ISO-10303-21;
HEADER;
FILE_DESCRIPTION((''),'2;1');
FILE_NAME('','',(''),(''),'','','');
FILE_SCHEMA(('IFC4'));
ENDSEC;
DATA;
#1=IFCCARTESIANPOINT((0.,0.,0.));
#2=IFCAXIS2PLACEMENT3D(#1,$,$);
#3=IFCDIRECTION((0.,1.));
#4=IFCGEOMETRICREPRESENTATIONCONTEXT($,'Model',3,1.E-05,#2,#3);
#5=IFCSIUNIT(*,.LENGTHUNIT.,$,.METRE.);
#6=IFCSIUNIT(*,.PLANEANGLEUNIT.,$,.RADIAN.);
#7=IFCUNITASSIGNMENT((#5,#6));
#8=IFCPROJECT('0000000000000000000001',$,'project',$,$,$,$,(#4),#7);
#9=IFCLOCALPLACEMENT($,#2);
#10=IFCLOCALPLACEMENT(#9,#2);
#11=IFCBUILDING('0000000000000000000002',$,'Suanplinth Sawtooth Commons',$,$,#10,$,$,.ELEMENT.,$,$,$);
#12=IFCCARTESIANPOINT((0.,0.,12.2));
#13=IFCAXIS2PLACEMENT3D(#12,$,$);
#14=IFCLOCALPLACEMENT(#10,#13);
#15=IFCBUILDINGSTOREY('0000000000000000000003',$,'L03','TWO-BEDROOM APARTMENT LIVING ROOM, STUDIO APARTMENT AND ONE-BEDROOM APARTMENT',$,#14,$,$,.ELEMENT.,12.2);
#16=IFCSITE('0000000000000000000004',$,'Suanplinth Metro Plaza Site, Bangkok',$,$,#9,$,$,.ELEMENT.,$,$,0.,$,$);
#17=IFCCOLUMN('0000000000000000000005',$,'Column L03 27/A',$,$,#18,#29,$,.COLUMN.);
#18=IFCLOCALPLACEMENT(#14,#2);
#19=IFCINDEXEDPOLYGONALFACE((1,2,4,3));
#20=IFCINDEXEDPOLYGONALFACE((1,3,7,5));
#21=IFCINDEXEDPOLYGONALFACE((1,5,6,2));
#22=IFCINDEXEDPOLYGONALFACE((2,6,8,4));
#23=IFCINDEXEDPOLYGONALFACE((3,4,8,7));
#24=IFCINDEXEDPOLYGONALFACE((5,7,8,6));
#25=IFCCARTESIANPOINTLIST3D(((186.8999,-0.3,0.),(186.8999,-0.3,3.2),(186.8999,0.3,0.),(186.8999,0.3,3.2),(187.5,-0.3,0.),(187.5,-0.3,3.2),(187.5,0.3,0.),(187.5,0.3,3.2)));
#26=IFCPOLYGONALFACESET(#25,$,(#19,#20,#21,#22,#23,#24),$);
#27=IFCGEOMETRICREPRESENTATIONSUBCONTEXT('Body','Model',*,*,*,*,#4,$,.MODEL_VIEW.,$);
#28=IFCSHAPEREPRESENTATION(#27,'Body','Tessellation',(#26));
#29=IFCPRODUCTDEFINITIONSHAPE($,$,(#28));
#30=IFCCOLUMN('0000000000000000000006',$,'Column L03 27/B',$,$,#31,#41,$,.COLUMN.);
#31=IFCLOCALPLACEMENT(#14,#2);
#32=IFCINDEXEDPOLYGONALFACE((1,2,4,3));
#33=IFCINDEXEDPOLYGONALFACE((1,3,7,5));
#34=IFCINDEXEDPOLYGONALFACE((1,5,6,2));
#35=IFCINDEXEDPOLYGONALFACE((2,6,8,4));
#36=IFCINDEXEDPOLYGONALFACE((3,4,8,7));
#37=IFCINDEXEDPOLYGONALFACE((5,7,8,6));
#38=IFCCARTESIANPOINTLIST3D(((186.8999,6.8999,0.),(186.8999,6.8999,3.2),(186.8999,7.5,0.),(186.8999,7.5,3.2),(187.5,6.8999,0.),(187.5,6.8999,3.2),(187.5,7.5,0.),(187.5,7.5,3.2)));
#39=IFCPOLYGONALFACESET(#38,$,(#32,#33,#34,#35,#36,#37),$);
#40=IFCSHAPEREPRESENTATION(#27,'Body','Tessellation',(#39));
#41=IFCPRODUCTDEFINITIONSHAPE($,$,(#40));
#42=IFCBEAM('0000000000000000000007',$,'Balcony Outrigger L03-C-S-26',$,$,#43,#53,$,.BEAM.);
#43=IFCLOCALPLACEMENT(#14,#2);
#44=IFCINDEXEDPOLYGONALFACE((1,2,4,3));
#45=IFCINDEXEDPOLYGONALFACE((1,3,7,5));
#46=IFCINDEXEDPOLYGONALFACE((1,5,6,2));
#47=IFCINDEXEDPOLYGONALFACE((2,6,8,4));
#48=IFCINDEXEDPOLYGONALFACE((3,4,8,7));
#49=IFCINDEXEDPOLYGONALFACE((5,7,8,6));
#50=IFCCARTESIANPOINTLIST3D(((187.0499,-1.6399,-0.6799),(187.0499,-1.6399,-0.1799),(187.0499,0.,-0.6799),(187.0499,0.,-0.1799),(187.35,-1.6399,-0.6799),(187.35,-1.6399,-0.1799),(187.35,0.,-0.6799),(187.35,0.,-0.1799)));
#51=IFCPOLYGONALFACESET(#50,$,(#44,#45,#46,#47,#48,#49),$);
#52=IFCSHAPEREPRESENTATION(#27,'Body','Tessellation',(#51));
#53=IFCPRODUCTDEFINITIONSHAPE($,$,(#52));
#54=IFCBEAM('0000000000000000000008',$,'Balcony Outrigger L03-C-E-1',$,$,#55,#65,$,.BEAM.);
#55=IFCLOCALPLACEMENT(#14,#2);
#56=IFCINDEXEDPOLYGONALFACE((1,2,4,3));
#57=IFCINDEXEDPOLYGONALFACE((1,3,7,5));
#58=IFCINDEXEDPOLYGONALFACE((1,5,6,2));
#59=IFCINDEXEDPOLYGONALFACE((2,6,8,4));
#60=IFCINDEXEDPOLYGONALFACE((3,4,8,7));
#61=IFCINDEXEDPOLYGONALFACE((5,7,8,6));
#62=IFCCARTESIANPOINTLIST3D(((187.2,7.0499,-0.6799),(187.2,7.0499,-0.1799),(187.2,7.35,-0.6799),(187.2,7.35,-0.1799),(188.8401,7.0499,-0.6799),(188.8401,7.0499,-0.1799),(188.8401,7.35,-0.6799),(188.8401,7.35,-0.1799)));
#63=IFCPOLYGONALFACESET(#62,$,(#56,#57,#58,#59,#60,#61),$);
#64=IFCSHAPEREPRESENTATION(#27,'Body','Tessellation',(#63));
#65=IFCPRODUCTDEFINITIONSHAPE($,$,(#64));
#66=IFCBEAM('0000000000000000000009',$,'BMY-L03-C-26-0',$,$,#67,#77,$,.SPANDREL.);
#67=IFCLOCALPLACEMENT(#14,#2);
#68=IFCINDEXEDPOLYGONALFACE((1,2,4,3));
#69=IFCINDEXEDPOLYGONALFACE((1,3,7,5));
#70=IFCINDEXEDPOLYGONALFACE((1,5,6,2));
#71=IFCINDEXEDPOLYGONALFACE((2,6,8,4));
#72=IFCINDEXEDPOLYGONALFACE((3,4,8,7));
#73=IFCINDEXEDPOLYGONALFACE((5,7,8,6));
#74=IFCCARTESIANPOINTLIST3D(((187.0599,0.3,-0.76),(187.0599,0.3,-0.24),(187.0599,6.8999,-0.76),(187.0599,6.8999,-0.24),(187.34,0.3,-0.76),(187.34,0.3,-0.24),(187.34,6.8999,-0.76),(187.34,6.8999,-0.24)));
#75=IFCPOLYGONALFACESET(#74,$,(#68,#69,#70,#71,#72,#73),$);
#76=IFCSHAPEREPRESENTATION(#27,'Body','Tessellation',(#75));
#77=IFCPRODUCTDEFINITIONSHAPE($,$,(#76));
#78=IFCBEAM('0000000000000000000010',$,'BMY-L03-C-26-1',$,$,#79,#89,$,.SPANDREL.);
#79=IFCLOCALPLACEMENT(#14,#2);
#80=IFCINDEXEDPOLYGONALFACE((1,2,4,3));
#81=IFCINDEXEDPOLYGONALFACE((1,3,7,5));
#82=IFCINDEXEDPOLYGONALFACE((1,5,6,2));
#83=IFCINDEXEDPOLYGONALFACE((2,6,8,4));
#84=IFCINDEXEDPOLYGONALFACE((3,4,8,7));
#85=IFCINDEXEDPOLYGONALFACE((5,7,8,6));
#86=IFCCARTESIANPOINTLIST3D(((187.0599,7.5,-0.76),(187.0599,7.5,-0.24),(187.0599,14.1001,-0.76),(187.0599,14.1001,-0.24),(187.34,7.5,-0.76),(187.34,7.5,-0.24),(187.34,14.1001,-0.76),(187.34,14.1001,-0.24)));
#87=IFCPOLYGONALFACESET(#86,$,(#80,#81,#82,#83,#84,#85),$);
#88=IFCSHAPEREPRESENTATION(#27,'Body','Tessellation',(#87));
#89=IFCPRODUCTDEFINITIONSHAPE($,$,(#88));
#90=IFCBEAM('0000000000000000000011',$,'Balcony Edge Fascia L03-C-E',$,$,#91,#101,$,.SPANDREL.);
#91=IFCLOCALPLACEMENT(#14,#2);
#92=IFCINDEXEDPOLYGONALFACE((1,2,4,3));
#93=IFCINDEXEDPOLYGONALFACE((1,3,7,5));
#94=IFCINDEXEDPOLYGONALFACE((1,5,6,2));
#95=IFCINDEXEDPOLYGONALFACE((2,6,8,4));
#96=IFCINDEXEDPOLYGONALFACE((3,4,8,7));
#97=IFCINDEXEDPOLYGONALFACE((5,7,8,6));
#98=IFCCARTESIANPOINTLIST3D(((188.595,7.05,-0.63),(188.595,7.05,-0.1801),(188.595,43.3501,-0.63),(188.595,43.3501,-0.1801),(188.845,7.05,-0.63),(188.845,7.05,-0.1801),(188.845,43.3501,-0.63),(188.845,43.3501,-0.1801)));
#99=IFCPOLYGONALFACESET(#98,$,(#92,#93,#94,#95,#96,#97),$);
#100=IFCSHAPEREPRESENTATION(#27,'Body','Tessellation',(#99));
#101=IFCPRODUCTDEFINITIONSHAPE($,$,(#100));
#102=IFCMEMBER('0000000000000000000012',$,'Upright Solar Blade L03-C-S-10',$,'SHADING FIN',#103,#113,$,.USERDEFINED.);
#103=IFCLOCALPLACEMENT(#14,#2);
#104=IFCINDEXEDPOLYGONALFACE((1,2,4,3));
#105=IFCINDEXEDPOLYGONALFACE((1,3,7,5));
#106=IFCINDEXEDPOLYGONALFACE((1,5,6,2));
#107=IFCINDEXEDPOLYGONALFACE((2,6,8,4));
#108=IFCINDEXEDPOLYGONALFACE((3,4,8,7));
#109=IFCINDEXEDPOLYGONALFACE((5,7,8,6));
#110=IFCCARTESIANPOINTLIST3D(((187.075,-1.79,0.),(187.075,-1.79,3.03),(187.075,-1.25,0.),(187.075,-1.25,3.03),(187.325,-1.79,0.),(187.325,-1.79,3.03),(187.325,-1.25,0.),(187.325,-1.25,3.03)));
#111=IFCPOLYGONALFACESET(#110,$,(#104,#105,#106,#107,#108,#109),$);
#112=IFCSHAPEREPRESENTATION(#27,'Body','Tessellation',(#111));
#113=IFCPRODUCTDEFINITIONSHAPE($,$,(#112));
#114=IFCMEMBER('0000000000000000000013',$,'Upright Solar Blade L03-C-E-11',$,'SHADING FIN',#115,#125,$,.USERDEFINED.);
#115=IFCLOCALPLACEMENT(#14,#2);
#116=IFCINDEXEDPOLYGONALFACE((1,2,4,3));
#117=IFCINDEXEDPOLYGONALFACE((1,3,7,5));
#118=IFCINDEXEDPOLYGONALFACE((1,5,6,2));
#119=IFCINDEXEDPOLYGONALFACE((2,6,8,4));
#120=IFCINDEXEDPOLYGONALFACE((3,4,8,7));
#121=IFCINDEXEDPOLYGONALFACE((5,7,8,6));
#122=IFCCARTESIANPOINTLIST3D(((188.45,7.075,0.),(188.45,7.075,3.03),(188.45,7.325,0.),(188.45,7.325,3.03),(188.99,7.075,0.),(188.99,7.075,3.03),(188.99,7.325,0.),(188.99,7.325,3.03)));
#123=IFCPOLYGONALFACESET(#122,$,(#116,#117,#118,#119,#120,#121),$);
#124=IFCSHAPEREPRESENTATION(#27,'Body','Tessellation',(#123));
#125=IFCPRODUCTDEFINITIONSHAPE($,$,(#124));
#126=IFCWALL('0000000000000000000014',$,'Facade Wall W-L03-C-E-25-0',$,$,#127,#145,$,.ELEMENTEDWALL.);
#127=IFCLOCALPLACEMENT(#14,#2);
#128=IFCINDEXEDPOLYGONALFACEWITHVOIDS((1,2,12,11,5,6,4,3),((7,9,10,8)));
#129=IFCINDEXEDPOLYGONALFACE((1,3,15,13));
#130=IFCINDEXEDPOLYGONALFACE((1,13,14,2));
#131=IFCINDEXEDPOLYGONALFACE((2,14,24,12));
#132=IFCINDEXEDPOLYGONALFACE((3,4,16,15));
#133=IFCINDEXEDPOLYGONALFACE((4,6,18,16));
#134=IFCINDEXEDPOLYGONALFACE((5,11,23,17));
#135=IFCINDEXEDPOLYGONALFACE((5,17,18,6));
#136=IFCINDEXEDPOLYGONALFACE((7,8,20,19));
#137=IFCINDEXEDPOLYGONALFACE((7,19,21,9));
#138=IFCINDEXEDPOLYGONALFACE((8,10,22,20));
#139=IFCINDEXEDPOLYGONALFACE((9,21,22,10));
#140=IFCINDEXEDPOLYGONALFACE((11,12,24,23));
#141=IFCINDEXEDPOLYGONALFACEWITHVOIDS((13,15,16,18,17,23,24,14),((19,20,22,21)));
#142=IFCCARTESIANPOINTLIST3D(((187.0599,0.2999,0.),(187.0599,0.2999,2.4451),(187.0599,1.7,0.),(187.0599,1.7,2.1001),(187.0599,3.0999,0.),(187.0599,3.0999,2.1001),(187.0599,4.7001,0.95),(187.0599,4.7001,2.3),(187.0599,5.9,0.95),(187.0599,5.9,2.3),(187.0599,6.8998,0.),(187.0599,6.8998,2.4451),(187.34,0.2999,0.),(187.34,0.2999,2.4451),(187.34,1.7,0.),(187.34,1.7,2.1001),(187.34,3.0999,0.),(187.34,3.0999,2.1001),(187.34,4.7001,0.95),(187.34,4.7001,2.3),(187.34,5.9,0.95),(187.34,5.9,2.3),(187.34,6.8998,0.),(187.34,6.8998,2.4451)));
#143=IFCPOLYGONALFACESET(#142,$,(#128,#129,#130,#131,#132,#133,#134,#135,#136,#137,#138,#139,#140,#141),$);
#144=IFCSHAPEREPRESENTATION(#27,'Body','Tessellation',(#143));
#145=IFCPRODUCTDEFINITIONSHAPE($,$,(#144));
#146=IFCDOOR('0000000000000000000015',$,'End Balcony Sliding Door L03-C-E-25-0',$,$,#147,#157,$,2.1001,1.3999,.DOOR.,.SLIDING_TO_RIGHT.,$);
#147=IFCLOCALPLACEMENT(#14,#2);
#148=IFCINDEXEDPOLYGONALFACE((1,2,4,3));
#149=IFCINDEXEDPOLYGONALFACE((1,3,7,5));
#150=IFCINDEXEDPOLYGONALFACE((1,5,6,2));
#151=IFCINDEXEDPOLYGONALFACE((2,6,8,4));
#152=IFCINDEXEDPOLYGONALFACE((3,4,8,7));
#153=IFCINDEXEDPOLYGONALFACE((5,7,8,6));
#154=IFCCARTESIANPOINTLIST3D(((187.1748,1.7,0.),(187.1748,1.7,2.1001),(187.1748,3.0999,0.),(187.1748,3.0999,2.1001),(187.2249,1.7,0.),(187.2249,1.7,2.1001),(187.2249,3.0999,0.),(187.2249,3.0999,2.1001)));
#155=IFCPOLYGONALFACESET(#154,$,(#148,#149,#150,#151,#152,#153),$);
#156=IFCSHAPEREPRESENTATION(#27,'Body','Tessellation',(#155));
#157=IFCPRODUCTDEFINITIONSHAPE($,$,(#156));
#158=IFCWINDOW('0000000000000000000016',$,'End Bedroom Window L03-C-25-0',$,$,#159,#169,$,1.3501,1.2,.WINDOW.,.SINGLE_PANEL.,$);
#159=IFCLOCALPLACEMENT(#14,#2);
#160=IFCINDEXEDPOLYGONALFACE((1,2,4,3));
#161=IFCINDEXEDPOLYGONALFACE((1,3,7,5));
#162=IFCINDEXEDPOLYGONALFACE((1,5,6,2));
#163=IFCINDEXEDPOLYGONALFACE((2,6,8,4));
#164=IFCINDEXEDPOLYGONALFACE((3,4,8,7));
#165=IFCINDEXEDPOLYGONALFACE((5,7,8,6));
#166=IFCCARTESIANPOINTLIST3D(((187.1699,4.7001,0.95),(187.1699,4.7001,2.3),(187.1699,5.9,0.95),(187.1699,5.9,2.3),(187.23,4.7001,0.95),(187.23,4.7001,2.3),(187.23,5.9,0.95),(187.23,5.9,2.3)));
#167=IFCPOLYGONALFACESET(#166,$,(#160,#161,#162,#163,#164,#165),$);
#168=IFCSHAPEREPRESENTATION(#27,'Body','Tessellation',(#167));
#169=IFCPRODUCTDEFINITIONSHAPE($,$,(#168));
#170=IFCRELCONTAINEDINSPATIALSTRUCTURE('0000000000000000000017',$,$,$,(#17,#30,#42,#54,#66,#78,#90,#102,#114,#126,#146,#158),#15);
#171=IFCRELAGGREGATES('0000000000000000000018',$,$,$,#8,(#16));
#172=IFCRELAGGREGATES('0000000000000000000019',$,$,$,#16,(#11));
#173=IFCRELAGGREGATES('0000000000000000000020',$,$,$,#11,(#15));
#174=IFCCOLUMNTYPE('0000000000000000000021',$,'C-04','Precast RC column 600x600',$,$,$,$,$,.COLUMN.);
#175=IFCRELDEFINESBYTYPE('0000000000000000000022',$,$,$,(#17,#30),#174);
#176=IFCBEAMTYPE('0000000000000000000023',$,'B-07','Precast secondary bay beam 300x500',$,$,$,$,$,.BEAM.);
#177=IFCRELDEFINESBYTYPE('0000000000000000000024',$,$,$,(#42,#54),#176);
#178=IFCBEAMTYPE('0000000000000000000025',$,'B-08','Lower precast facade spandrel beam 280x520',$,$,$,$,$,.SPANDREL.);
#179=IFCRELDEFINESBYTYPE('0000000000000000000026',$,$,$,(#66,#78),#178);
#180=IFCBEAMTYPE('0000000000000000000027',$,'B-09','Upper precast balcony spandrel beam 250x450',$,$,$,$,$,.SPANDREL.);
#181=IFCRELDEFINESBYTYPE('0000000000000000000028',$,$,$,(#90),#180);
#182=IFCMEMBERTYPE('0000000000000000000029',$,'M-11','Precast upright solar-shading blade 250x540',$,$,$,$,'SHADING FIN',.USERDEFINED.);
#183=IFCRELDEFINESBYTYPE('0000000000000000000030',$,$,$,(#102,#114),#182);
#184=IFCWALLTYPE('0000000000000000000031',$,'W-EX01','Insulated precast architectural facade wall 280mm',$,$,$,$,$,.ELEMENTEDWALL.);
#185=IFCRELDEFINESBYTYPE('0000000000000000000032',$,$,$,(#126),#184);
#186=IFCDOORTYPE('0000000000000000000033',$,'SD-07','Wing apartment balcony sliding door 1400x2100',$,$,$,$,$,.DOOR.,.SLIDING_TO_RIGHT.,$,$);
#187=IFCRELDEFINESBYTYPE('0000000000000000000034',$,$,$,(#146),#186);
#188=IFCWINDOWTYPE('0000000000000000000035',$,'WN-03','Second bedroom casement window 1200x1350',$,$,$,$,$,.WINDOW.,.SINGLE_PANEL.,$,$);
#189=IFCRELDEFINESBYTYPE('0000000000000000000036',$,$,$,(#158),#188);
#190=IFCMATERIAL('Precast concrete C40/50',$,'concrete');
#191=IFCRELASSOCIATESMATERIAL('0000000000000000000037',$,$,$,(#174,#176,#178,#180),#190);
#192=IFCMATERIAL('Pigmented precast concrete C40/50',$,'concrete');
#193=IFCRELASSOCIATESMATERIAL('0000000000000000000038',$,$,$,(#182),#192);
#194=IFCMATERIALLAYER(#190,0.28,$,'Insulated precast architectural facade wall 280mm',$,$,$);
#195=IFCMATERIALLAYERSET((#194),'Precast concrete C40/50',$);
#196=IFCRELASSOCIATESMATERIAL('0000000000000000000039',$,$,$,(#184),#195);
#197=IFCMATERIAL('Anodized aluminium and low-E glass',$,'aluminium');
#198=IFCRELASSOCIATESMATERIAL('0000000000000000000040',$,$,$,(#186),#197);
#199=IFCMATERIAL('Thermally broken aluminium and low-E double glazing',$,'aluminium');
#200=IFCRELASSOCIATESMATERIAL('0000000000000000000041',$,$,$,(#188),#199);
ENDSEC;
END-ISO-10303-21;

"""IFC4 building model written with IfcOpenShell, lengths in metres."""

from ifc_helpers import new_model, si_unit, direction, frame, frame_2d, origin, origin_2d, place, context, subcontext, project, spatial, rectangle, extrude, material, layer, layer_set, material_profile, profile_set, type_object, element, fill, save


model = new_model("IFC4")

# Units and contexts
model_context = context("Model", 3, precision=1e-05, world=origin(), true_north=direction((0.0, 1.0)))
body_context = subcontext(model_context, "Body", "Model", "MODEL_VIEW")
ifc_project = project(units=[si_unit("LENGTHUNIT", "METRE"), si_unit("PLANEANGLEUNIT", "RADIAN")], contexts=[model_context])

# Site, building, storey
site_placement = place(None, origin())
site = spatial("IfcSite", under=ifc_project, at=site_placement, Name="Suanplinth Metro Plaza Site, Bangkok", CompositionType="ELEMENT", RefElevation=0.0)
building_placement = place(site_placement, origin())
building = spatial("IfcBuilding", under=site, at=building_placement, Name="Suanplinth Sawtooth Commons", CompositionType="ELEMENT")
storey_placement = place(building_placement, frame((0.0, 0.0, 12.2)))
storey = spatial("IfcBuildingStorey", under=building, at=storey_placement, Name="L03", Description="TWO-BEDROOM APARTMENT LIVING ROOM, STUDIO APARTMENT AND ONE-BEDROOM APARTMENT", CompositionType="ELEMENT", Elevation=12.2)

# Columns
ifc_material_1 = material(Name="Precast concrete C40/50", Category="concrete")
ifc_material_profile_1 = material_profile(ifc_material_1, rectangle(XDim=0.6001, YDim=0.6001, at=origin_2d()), Name="PC-COL 600x600")
ifc_profile_set_1 = profile_set([ifc_material_profile_1], Name="Precast concrete C40/50")
column_type = type_object("IfcColumnType", Name="C-04", Description="Precast RC column 600x600", PredefinedType="COLUMN", material=ifc_profile_set_1)
for number, where, z_axis, x_axis, name in (
    (1, (187.2, 0.0, 0.0), (0.0, 0.0, 1.0), (1.0, 0.0, 0.0), "Column L03 27/A"),
    (2, (187.2, 7.2, 0.0), (0.0, 0.0, 1.0), (1.0, 0.0, 0.0), "Column L03 27/B"),
):
    element("IfcColumn", number, at=place(storey_placement, frame(where, z_axis=z_axis, x_axis=x_axis)), inside=storey, type_object=column_type, Name=name, PredefinedType="COLUMN", context=body_context, shape_type="SweptSolid", body=[
        extrude(rectangle(XDim=0.6001, YDim=0.6001, at=origin_2d()), origin(), (0.0, 0.0, 1.0), 3.2),
    ])

# Beams
ifc_material_profile_2 = material_profile(ifc_material_1, rectangle(XDim=0.3, YDim=0.5, at=origin_2d()), Name="PC-BM 300x500")
ifc_profile_set_2 = profile_set([ifc_material_profile_2], Name="Precast concrete C40/50")
beam_type_1 = type_object("IfcBeamType", Name="B-07", Description="Precast secondary bay beam 300x500", PredefinedType="BEAM", material=ifc_profile_set_2)
beam_1_placement = place(storey_placement, frame((187.2, 0.0, -0.4299), z_axis=(0.0, -1.0, 0.0), x_axis=(1.0, 0.0, 0.0)))
element("IfcBeam", 3, at=beam_1_placement, inside=storey, type_object=beam_type_1, Name="Balcony Outrigger L03-C-S-26", PredefinedType="BEAM", context=body_context, shape_type="SweptSolid", body=[
    extrude(rectangle(XDim=0.3, YDim=0.5, at=origin_2d()), origin(), (0.0, 0.0, 1.0), 1.6399),
])
beam_2_placement = place(storey_placement, frame((187.2, 7.2, -0.4299), z_axis=(1.0, 0.0, 0.0), x_axis=(0.0, 1.0, 0.0)))
element("IfcBeam", 4, at=beam_2_placement, inside=storey, type_object=beam_type_1, Name="Balcony Outrigger L03-C-E-1", PredefinedType="BEAM", context=body_context, shape_type="SweptSolid", body=[
    extrude(rectangle(XDim=0.3, YDim=0.5, at=origin_2d()), origin(), (0.0, 0.0, 1.0), 1.6401),
])
ifc_material_profile_3 = material_profile(ifc_material_1, rectangle(XDim=0.28, YDim=0.52, at=origin_2d()), Name="PC-SP 280x520")
ifc_profile_set_3 = profile_set([ifc_material_profile_3], Name="Precast concrete C40/50")
beam_type_2 = type_object("IfcBeamType", Name="B-08", Description="Lower precast facade spandrel beam 280x520", PredefinedType="SPANDREL", material=ifc_profile_set_3)
beam_3_placement = place(storey_placement, frame((187.2, 0.3, -0.5), z_axis=(0.0, 1.0, 0.0), x_axis=(-1.0, 0.0, 0.0)))
element("IfcBeam", 5, at=beam_3_placement, inside=storey, type_object=beam_type_2, Name="BMY-L03-C-26-0", PredefinedType="SPANDREL", context=body_context, shape_type="SweptSolid", body=[
    extrude(rectangle(XDim=0.28, YDim=0.52, at=origin_2d()), origin(), (0.0, 0.0, 1.0), 6.5999),
])
beam_4_placement = place(storey_placement, frame((187.2, 7.5, -0.5), z_axis=(0.0, 1.0, 0.0), x_axis=(-1.0, 0.0, 0.0)))
element("IfcBeam", 6, at=beam_4_placement, inside=storey, type_object=beam_type_2, Name="BMY-L03-C-26-1", PredefinedType="SPANDREL", context=body_context, shape_type="SweptSolid", body=[
    extrude(rectangle(XDim=0.28, YDim=0.52, at=origin_2d()), origin(), (0.0, 0.0, 1.0), 6.6001),
])
ifc_material_profile_4 = material_profile(ifc_material_1, rectangle(XDim=0.25, YDim=0.45, at=origin_2d()), Name="PC-SP 250x450")
ifc_profile_set_4 = profile_set([ifc_material_profile_4], Name="Precast concrete C40/50")
beam_type_3 = type_object("IfcBeamType", Name="B-09", Description="Upper precast balcony spandrel beam 250x450", PredefinedType="SPANDREL", material=ifc_profile_set_4)
beam_5_placement = place(storey_placement, frame((188.72, 7.05, -0.405), z_axis=(0.0, 1.0, 0.0), x_axis=(-1.0, 0.0, 0.0)))
element("IfcBeam", 7, at=beam_5_placement, inside=storey, type_object=beam_type_3, Name="Balcony Edge Fascia L03-C-E", PredefinedType="SPANDREL", context=body_context, shape_type="SweptSolid", body=[
    extrude(rectangle(XDim=0.25, YDim=0.45, at=origin_2d()), origin(), (0.0, 0.0, 1.0), 36.3),
])

# Members
ifc_material_2 = material(Name="Pigmented precast concrete C40/50", Category="concrete")
ifc_material_profile_5 = material_profile(ifc_material_2, rectangle(XDim=0.25, YDim=0.54, at=origin_2d()), Name="PC-FIN 250x540")
ifc_profile_set_5 = profile_set([ifc_material_profile_5], Name="Pigmented precast concrete C40/50")
member_type = type_object("IfcMemberType", Name="M-11", Description="Precast upright solar-shading blade 250x540", ElementType="SHADING FIN", PredefinedType="USERDEFINED", material=ifc_profile_set_5)
for number, where, z_axis, x_axis, name in (
    (8, (187.2, -1.52, 0.0), (0.0, 0.0, 1.0), (1.0, 0.0, 0.0), "Upright Solar Blade L03-C-S-10"),
    (9, (188.72, 7.2, 0.0), (0.0, 0.0, 1.0), (0.0, 1.0, 0.0), "Upright Solar Blade L03-C-E-11"),
):
    element("IfcMember", number, at=place(storey_placement, frame(where, z_axis=z_axis, x_axis=x_axis)), inside=storey, type_object=member_type, Name=name, ObjectType="SHADING FIN", PredefinedType="USERDEFINED", context=body_context, shape_type="SweptSolid", body=[
        extrude(rectangle(XDim=0.25, YDim=0.54, at=origin_2d()), origin(), (0.0, 0.0, 1.0), 3.03),
    ])

# Wall, openings, door, window
ifc_layer_1 = layer(ifc_material_1, 0.28, Name="Insulated precast architectural facade wall 280mm")
ifc_layer_set_1 = layer_set([ifc_layer_1], Name="Precast concrete C40/50")
wall_type_1 = type_object("IfcWallType", Name="W-EX01", Description="Insulated precast architectural facade wall 280mm", PredefinedType="ELEMENTEDWALL", material=ifc_layer_set_1)
wall_1_placement = place(storey_placement, frame((187.2, 0.3, 0.0), z_axis=(0.0, 0.0, 1.0), x_axis=(0.0, 1.0, 0.0)))
wall_1 = element("IfcWall", 10, at=wall_1_placement, inside=storey, type_object=wall_type_1, Name="Facade Wall W-L03-C-E-25-0", PredefinedType="ELEMENTEDWALL", context=body_context, shape_type="SweptSolid", body=[
    extrude(rectangle(XDim=6.5999, YDim=0.28, at=frame_2d((3.2998, 0.0))), origin(), (0.0, 0.0, 1.0), 2.4451),
])
opening_1_placement = place(wall_1_placement, frame((1.3999, 0.0, 0.0)))
opening_1 = element("IfcOpeningElement", 11, at=opening_1_placement, cuts=wall_1, PredefinedType="OPENING", context=body_context, shape_type="SweptSolid", body=[
    extrude(rectangle(XDim=1.3999, YDim=2.1001, at=frame_2d((0.7, 1.05))), frame((0.0, 0.1548, 0.0), z_axis=(0.0, -1.0, 0.0), x_axis=(1.0, 0.0, 0.0)), (0.0, 0.0, 1.0), 0.3098),
])
opening_2_placement = place(wall_1_placement, frame((4.3999, 0.0, 0.95)))
opening_2 = element("IfcOpeningElement", 12, at=opening_2_placement, cuts=wall_1, PredefinedType="OPENING", context=body_context, shape_type="SweptSolid", body=[
    extrude(rectangle(XDim=1.2, YDim=1.3501, at=frame_2d((0.6001, 0.675))), frame((0.0, 0.1548, 0.0), z_axis=(0.0, -1.0, 0.0), x_axis=(1.0, 0.0, 0.0)), (0.0, 0.0, 1.0), 0.3098),
])
ifc_material_3 = material(Name="Anodized aluminium and low-E glass", Category="aluminium")
door_type_1 = type_object("IfcDoorType", Name="SD-07", Description="Wing apartment balcony sliding door 1400x2100", OperationType="SLIDING_TO_RIGHT", PredefinedType="DOOR", material=ifc_material_3)
door_1_placement = place(opening_1_placement, frame((1.3999, 0.0, 0.0), z_axis=(0.0, 0.0, 1.0), x_axis=(-1.0, 0.0, 0.0)))
door_1 = element("IfcDoor", 13, at=door_1_placement, inside=storey, type_object=door_type_1, Name="End Balcony Sliding Door L03-C-E-25-0", OperationType="SLIDING_TO_RIGHT", OverallHeight=2.1001, OverallWidth=1.3999, PredefinedType="DOOR", context=body_context, shape_type="SweptSolid", body=[
    extrude(rectangle(XDim=1.3999, YDim=2.1001, at=frame_2d((0.7, 1.05))), frame((0.0, 0.0249, 0.0), z_axis=(0.0, -1.0, 0.0), x_axis=(1.0, 0.0, 0.0)), (0.0, 0.0, 1.0), 0.05),
])
fill(opening_1, door_1)
ifc_material_4 = material(Name="Thermally broken aluminium and low-E double glazing", Category="aluminium")
window_type = type_object("IfcWindowType", Name="WN-03", Description="Second bedroom casement window 1200x1350", PartitioningType="SINGLE_PANEL", PredefinedType="WINDOW", material=ifc_material_4)
window_placement = place(opening_2_placement, origin())
window = element("IfcWindow", 14, at=window_placement, inside=storey, type_object=window_type, Name="End Bedroom Window L03-C-25-0", OverallHeight=1.3501, OverallWidth=1.2, PartitioningType="SINGLE_PANEL", PredefinedType="WINDOW", context=body_context, shape_type="SweptSolid", body=[
    extrude(rectangle(XDim=1.2, YDim=1.3501, at=frame_2d((0.6001, 0.675))), frame((0.0, 0.03, 0.0), z_axis=(0.0, -1.0, 0.0), x_axis=(1.0, 0.0, 0.0)), (0.0, 0.0, 1.0), 0.0601),
])
fill(opening_2, window)

save(model, "model.ifc")
